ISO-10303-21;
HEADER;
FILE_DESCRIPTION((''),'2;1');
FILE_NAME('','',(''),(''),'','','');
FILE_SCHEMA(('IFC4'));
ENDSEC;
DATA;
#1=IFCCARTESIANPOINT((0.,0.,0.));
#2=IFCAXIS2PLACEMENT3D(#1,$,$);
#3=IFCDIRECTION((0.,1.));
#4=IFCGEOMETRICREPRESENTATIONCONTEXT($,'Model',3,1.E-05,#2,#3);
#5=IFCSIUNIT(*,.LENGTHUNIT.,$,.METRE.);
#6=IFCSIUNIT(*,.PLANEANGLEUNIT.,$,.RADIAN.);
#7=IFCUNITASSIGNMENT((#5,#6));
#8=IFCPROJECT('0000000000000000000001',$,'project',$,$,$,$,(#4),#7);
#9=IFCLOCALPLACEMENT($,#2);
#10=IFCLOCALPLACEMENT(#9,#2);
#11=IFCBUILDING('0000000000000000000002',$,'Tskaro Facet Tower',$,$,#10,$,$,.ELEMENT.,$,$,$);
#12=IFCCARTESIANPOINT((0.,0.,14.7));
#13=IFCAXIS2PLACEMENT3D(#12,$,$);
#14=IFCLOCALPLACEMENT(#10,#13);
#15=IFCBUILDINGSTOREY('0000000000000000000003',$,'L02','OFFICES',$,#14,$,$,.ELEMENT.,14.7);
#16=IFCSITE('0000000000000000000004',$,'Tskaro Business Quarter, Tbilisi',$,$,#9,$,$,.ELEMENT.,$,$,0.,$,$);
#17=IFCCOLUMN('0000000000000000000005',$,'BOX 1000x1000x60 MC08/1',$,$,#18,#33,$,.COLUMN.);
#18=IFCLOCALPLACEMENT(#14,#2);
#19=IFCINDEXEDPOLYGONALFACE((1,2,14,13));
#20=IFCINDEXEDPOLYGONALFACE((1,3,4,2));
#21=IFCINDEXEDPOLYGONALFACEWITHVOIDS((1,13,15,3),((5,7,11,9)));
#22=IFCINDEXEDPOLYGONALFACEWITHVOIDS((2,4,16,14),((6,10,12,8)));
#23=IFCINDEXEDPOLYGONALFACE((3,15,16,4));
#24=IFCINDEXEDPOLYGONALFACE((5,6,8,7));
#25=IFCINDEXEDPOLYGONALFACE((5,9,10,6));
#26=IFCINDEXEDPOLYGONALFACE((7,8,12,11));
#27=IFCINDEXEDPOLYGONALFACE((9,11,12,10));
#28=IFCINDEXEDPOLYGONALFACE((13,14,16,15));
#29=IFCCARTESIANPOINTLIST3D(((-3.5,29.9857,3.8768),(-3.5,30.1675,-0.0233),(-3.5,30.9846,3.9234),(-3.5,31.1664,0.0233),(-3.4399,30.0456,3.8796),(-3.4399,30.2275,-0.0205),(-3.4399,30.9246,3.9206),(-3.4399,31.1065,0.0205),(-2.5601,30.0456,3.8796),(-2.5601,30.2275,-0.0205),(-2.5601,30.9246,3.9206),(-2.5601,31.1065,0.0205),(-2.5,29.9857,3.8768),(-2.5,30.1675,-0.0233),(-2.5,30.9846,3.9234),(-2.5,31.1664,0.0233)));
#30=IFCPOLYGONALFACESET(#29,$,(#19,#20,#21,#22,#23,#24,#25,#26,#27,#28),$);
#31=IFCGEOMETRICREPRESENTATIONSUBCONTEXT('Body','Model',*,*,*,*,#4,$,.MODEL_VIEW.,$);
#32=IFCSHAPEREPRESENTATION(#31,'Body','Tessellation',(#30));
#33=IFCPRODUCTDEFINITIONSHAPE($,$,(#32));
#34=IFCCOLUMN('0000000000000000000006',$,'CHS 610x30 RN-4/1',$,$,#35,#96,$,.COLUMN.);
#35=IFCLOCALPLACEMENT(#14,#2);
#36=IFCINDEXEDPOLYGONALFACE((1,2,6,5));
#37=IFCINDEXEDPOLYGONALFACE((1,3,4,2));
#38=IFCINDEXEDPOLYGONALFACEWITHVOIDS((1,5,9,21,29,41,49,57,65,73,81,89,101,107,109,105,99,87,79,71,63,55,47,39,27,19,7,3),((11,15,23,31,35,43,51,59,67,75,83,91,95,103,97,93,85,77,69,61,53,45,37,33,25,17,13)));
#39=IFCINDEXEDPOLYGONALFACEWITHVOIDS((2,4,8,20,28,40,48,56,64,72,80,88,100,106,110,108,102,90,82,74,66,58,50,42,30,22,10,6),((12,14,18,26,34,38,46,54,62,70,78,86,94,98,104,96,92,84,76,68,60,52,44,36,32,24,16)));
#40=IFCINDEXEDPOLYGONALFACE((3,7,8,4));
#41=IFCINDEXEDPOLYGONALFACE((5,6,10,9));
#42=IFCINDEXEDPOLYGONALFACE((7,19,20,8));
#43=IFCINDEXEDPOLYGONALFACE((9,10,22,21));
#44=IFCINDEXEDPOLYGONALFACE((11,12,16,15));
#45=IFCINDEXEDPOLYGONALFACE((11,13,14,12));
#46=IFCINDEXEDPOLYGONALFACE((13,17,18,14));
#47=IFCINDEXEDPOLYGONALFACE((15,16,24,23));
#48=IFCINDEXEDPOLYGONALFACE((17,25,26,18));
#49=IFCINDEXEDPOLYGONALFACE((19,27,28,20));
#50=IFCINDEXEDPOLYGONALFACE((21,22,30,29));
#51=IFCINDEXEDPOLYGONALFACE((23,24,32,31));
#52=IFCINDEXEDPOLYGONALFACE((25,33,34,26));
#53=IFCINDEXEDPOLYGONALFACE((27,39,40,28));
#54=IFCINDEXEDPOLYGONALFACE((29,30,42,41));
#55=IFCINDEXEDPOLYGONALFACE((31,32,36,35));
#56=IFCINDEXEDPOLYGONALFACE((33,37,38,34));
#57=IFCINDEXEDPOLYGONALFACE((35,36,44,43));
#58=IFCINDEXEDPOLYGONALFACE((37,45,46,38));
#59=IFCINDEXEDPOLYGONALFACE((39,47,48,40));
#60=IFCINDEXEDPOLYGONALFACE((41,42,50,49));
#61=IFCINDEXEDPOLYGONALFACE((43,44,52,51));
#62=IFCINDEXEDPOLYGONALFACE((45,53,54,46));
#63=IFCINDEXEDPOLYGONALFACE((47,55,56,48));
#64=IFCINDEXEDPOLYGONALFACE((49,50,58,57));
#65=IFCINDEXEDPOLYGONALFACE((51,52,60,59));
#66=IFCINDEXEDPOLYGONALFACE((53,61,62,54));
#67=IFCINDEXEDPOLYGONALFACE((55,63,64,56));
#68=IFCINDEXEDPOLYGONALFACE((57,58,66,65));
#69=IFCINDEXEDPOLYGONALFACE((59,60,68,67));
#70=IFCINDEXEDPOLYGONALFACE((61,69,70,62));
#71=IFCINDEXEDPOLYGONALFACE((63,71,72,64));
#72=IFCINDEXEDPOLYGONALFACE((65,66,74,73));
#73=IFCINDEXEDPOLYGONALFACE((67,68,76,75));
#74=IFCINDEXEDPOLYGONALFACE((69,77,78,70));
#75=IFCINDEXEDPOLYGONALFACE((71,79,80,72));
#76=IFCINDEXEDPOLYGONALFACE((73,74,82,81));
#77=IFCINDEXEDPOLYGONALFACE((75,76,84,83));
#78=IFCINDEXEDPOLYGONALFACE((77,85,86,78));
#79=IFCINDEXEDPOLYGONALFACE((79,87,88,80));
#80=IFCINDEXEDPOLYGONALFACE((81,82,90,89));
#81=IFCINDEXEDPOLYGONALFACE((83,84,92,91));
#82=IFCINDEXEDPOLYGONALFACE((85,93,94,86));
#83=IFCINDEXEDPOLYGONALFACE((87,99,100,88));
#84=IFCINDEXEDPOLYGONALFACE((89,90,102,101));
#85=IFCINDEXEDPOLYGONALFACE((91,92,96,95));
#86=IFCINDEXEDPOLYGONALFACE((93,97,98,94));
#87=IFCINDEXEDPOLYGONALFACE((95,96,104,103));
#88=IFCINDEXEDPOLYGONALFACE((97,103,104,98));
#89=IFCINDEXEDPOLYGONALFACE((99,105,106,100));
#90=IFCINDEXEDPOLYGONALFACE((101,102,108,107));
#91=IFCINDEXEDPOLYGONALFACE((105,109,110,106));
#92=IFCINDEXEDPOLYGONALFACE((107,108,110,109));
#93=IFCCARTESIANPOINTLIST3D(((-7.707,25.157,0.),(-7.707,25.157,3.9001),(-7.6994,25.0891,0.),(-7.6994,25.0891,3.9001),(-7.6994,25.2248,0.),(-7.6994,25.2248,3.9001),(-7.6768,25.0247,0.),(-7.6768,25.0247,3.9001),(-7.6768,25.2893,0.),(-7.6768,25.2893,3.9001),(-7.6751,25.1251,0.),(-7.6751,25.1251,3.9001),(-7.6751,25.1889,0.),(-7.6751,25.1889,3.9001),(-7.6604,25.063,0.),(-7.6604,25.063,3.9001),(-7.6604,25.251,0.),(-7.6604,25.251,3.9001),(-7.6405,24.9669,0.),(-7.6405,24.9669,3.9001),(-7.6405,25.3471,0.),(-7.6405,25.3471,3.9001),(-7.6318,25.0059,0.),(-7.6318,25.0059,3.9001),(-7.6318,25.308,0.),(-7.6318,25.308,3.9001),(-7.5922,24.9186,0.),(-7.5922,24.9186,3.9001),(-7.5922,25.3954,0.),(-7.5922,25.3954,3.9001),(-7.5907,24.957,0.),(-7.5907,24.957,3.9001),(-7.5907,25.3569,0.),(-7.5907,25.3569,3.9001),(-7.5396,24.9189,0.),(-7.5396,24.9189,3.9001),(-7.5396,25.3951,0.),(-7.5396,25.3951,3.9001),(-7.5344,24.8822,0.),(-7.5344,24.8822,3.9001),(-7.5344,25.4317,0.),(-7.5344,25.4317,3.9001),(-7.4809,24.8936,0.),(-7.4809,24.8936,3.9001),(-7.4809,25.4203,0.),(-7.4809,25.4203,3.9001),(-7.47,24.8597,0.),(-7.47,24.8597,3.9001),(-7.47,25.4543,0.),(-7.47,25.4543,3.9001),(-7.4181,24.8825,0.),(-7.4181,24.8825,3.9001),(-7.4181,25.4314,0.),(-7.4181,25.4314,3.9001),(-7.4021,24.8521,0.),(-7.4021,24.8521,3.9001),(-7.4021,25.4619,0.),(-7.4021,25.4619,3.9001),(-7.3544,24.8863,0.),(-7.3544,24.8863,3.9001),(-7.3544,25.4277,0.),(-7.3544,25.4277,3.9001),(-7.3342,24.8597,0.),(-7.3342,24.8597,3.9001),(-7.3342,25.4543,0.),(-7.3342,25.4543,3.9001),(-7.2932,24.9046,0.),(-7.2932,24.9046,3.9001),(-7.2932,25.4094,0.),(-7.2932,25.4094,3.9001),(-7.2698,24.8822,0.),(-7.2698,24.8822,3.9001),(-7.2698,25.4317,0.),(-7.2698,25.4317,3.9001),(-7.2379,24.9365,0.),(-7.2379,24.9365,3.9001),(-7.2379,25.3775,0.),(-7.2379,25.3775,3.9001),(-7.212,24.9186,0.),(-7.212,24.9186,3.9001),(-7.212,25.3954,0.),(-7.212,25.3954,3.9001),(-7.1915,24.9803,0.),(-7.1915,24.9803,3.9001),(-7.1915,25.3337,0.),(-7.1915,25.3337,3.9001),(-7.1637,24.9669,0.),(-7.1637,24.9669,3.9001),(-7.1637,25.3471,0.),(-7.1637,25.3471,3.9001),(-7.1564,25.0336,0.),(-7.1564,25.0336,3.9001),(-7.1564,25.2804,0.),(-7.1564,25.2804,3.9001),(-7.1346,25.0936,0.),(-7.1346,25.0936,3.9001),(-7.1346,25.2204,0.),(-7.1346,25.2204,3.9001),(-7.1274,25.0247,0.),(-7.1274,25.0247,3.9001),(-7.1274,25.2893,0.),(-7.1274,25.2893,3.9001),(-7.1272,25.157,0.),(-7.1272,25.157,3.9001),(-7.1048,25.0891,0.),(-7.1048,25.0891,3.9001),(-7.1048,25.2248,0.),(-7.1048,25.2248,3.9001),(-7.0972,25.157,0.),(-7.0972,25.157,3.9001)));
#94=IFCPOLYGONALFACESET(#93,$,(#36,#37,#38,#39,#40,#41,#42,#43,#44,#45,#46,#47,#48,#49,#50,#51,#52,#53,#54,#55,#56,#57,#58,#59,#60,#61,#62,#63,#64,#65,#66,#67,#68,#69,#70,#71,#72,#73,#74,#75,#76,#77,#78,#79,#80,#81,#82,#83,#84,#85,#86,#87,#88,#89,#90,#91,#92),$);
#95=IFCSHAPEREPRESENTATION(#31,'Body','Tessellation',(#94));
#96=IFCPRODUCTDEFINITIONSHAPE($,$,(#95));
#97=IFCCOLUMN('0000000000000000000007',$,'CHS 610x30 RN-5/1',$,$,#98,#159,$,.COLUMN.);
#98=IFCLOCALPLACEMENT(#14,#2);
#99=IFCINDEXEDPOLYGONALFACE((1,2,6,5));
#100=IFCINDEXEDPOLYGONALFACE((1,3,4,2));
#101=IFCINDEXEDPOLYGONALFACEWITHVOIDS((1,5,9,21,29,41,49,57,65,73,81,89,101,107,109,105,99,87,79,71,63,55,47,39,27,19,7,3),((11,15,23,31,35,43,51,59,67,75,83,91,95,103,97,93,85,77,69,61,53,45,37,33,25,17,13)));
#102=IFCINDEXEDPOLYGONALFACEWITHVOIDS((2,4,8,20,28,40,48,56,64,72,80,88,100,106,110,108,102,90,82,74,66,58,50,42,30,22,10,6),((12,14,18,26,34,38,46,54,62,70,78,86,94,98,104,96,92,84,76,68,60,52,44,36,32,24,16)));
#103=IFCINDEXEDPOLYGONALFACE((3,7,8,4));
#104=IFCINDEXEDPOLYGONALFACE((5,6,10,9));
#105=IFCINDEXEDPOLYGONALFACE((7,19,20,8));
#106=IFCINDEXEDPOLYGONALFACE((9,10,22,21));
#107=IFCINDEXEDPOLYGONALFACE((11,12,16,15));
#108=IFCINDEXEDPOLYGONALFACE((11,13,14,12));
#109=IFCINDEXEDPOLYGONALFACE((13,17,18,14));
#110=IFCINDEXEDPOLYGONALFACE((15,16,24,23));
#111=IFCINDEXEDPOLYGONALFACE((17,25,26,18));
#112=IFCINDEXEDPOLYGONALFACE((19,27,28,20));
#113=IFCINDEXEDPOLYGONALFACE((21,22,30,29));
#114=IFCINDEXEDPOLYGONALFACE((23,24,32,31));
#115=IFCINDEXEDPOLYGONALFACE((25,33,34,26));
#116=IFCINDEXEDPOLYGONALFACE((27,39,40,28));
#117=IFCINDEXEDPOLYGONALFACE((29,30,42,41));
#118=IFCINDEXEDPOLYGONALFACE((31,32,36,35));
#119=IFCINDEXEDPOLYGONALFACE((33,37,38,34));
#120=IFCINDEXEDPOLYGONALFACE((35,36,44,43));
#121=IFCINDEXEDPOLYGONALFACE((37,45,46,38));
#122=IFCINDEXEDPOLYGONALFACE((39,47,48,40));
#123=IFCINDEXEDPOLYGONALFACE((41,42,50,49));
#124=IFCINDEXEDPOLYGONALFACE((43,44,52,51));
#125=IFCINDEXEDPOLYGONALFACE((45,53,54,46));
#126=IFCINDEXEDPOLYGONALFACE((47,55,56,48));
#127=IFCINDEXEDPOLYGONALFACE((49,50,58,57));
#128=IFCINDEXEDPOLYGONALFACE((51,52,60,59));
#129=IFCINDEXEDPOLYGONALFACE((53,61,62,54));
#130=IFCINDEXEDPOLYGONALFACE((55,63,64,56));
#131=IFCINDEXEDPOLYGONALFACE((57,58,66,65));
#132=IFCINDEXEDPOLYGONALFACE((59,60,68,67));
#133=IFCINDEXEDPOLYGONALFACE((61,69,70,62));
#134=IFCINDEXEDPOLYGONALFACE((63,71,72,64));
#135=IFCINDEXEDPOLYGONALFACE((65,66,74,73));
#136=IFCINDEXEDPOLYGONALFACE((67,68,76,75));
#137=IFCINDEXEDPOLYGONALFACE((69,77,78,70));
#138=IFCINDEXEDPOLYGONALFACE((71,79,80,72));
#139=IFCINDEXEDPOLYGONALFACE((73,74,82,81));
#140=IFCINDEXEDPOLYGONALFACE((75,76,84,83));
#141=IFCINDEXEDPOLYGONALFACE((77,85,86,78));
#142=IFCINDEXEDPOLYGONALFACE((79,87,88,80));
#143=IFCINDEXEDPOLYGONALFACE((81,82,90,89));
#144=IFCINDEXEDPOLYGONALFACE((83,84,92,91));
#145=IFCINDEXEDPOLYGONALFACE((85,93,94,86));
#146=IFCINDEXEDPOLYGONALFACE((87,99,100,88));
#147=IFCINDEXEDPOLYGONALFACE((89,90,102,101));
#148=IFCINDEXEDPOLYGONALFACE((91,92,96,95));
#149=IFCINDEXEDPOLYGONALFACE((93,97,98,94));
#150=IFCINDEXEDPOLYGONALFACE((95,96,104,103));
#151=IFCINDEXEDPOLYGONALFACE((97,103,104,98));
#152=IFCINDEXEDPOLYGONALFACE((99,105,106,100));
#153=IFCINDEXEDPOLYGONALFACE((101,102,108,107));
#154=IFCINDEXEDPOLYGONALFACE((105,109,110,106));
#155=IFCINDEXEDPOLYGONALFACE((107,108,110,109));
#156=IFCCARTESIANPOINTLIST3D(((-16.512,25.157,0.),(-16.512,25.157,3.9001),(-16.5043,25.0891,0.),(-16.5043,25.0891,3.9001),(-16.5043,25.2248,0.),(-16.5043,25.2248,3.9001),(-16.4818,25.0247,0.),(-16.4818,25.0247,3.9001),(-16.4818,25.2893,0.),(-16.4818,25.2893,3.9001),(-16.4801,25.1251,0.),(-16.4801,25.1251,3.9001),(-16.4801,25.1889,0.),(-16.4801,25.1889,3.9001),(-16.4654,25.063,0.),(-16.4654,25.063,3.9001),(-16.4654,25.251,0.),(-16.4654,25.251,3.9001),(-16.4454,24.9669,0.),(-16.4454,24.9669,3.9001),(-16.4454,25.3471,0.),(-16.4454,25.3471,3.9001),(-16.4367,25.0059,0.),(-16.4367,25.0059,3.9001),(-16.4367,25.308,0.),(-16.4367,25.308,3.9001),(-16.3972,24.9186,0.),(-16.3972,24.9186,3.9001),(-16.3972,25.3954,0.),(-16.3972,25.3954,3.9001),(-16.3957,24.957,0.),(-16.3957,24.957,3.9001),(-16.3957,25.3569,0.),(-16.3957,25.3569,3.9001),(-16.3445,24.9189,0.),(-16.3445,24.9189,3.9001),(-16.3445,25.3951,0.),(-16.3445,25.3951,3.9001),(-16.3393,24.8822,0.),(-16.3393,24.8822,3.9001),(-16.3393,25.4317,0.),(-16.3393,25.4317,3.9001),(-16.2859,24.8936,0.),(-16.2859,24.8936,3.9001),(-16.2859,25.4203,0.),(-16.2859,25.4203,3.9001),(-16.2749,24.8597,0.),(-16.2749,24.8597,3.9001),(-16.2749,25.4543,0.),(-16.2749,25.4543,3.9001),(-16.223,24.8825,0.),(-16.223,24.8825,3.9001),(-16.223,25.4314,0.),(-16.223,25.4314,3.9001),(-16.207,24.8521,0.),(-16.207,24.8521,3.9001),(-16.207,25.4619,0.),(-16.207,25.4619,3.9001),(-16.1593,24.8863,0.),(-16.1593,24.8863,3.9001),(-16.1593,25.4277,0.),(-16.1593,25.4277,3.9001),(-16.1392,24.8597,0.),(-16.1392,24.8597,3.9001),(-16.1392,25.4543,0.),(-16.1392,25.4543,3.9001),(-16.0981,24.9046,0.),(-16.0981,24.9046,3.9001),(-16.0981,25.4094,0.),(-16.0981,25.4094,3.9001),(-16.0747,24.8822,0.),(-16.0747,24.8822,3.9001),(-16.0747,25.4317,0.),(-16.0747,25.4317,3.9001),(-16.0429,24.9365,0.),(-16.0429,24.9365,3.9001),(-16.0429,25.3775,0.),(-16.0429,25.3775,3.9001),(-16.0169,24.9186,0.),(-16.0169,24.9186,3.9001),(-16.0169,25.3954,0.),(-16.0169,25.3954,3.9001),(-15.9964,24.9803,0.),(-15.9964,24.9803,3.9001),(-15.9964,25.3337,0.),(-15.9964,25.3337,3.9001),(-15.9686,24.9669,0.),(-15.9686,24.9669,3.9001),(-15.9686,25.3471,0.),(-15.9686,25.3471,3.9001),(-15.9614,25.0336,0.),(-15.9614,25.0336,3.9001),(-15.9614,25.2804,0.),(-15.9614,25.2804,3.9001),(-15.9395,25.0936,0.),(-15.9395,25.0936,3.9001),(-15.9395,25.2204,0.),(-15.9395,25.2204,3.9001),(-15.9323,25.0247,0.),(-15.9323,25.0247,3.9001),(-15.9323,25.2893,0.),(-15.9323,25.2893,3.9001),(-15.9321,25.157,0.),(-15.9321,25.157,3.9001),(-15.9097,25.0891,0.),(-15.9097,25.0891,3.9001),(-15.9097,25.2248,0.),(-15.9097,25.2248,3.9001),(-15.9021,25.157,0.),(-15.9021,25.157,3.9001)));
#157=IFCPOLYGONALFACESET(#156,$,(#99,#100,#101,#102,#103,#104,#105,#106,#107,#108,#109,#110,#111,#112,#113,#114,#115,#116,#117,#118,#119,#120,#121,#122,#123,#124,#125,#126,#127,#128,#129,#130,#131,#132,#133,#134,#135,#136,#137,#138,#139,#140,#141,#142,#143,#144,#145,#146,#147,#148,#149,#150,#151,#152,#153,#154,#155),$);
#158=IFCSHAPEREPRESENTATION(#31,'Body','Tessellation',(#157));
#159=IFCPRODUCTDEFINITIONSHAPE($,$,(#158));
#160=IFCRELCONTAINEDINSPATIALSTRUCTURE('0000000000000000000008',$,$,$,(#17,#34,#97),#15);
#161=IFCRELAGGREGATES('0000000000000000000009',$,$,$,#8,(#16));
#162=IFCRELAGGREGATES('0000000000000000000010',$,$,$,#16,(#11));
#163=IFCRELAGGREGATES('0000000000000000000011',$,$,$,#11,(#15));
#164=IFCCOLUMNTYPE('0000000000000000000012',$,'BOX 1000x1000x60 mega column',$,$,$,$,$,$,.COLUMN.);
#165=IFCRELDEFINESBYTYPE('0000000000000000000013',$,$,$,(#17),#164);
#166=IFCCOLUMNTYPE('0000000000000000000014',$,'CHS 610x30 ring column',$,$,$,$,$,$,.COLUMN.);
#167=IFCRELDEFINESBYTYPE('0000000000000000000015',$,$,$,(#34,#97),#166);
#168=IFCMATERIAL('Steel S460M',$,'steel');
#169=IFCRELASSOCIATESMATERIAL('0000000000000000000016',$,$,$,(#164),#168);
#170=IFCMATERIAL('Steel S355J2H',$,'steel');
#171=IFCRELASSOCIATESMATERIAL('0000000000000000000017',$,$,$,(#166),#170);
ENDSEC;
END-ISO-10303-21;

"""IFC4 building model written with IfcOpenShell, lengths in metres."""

from ifc_helpers import new_model, si_unit, direction, frame, origin, origin_2d, place, context, subcontext, project, spatial, hollow_rectangle, hollow_circle, extrude, material, material_profile, profile_set, type_object, element, save


model = new_model("IFC4")

# Units and contexts
model_context = context("Model", 3, precision=1e-05, world=origin(), true_north=direction((0.0, 1.0)))
body_context = subcontext(model_context, "Body", "Model", "MODEL_VIEW")
ifc_project = project(units=[si_unit("LENGTHUNIT", "METRE"), si_unit("PLANEANGLEUNIT", "RADIAN")], contexts=[model_context])

# Site, building, storey
site_placement = place(None, origin())
site = spatial("IfcSite", under=ifc_project, at=site_placement, Name="Tskaro Business Quarter, Tbilisi", CompositionType="ELEMENT", RefElevation=0.0)
building_placement = place(site_placement, origin())
building = spatial("IfcBuilding", under=site, at=building_placement, Name="Tskaro Facet Tower", CompositionType="ELEMENT")
storey_placement = place(building_placement, frame((0.0, 0.0, 14.7)))
storey = spatial("IfcBuildingStorey", under=building, at=storey_placement, Name="L02", Description="OFFICES", CompositionType="ELEMENT", Elevation=14.7)

# Columns
ifc_material_1 = material(Name="Steel S460M", Category="steel")
ifc_material_profile_1 = material_profile(ifc_material_1, hollow_rectangle(XDim=1.0, YDim=1.0, WallThickness=0.0601, at=origin_2d()), Name="BOX 1000x1000x60")
ifc_profile_set_1 = profile_set([ifc_material_profile_1], Name="Steel S460M")
column_type_1 = type_object("IfcColumnType", Name="BOX 1000x1000x60 mega column", PredefinedType="COLUMN", material=ifc_profile_set_1)
column_1_placement = place(storey_placement, frame((-3.0, 30.667, 0.0), z_axis=(0.0, -0.046585, 0.998914), x_axis=(1.0, 0.0, 0.0)))
element("IfcColumn", 1, at=column_1_placement, inside=storey, type_object=column_type_1, Name="BOX 1000x1000x60 MC08/1", PredefinedType="COLUMN", context=body_context, shape_type="SweptSolid", body=[
    extrude(hollow_rectangle(XDim=1.0, YDim=1.0, WallThickness=0.0601, at=origin_2d()), origin(), (0.0, 0.0, 1.0), 3.9043),
])
ifc_material_2 = material(Name="Steel S355J2H", Category="steel")
ifc_material_profile_2 = material_profile(ifc_material_2, hollow_circle(Radius=0.3049, WallThickness=0.03, at=origin_2d()), Name="CHS 610x30")
ifc_profile_set_2 = profile_set([ifc_material_profile_2], Name="Steel S355J2H")
column_type_2 = type_object("IfcColumnType", Name="CHS 610x30 ring column", PredefinedType="COLUMN", material=ifc_profile_set_2)
for number, where, z_axis, x_axis, name in (
    (2, (-7.4021, 25.157, 0.0), (0.0, 0.0, 1.0), (1.0, 0.0, 0.0), "CHS 610x30 RN-4/1"),
    (3, (-16.207, 25.157, 0.0), (0.0, 0.0, 1.0), (1.0, 0.0, 0.0), "CHS 610x30 RN-5/1"),
):
    element("IfcColumn", number, at=place(storey_placement, frame(where, z_axis=z_axis, x_axis=x_axis)), inside=storey, type_object=column_type_2, Name=name, PredefinedType="COLUMN", context=body_context, shape_type="SweptSolid", body=[
        extrude(hollow_circle(Radius=0.3049, WallThickness=0.03, at=origin_2d()), origin(), (0.0, 0.0, 1.0), 3.9001),
    ])

save(model, "model.ifc")
